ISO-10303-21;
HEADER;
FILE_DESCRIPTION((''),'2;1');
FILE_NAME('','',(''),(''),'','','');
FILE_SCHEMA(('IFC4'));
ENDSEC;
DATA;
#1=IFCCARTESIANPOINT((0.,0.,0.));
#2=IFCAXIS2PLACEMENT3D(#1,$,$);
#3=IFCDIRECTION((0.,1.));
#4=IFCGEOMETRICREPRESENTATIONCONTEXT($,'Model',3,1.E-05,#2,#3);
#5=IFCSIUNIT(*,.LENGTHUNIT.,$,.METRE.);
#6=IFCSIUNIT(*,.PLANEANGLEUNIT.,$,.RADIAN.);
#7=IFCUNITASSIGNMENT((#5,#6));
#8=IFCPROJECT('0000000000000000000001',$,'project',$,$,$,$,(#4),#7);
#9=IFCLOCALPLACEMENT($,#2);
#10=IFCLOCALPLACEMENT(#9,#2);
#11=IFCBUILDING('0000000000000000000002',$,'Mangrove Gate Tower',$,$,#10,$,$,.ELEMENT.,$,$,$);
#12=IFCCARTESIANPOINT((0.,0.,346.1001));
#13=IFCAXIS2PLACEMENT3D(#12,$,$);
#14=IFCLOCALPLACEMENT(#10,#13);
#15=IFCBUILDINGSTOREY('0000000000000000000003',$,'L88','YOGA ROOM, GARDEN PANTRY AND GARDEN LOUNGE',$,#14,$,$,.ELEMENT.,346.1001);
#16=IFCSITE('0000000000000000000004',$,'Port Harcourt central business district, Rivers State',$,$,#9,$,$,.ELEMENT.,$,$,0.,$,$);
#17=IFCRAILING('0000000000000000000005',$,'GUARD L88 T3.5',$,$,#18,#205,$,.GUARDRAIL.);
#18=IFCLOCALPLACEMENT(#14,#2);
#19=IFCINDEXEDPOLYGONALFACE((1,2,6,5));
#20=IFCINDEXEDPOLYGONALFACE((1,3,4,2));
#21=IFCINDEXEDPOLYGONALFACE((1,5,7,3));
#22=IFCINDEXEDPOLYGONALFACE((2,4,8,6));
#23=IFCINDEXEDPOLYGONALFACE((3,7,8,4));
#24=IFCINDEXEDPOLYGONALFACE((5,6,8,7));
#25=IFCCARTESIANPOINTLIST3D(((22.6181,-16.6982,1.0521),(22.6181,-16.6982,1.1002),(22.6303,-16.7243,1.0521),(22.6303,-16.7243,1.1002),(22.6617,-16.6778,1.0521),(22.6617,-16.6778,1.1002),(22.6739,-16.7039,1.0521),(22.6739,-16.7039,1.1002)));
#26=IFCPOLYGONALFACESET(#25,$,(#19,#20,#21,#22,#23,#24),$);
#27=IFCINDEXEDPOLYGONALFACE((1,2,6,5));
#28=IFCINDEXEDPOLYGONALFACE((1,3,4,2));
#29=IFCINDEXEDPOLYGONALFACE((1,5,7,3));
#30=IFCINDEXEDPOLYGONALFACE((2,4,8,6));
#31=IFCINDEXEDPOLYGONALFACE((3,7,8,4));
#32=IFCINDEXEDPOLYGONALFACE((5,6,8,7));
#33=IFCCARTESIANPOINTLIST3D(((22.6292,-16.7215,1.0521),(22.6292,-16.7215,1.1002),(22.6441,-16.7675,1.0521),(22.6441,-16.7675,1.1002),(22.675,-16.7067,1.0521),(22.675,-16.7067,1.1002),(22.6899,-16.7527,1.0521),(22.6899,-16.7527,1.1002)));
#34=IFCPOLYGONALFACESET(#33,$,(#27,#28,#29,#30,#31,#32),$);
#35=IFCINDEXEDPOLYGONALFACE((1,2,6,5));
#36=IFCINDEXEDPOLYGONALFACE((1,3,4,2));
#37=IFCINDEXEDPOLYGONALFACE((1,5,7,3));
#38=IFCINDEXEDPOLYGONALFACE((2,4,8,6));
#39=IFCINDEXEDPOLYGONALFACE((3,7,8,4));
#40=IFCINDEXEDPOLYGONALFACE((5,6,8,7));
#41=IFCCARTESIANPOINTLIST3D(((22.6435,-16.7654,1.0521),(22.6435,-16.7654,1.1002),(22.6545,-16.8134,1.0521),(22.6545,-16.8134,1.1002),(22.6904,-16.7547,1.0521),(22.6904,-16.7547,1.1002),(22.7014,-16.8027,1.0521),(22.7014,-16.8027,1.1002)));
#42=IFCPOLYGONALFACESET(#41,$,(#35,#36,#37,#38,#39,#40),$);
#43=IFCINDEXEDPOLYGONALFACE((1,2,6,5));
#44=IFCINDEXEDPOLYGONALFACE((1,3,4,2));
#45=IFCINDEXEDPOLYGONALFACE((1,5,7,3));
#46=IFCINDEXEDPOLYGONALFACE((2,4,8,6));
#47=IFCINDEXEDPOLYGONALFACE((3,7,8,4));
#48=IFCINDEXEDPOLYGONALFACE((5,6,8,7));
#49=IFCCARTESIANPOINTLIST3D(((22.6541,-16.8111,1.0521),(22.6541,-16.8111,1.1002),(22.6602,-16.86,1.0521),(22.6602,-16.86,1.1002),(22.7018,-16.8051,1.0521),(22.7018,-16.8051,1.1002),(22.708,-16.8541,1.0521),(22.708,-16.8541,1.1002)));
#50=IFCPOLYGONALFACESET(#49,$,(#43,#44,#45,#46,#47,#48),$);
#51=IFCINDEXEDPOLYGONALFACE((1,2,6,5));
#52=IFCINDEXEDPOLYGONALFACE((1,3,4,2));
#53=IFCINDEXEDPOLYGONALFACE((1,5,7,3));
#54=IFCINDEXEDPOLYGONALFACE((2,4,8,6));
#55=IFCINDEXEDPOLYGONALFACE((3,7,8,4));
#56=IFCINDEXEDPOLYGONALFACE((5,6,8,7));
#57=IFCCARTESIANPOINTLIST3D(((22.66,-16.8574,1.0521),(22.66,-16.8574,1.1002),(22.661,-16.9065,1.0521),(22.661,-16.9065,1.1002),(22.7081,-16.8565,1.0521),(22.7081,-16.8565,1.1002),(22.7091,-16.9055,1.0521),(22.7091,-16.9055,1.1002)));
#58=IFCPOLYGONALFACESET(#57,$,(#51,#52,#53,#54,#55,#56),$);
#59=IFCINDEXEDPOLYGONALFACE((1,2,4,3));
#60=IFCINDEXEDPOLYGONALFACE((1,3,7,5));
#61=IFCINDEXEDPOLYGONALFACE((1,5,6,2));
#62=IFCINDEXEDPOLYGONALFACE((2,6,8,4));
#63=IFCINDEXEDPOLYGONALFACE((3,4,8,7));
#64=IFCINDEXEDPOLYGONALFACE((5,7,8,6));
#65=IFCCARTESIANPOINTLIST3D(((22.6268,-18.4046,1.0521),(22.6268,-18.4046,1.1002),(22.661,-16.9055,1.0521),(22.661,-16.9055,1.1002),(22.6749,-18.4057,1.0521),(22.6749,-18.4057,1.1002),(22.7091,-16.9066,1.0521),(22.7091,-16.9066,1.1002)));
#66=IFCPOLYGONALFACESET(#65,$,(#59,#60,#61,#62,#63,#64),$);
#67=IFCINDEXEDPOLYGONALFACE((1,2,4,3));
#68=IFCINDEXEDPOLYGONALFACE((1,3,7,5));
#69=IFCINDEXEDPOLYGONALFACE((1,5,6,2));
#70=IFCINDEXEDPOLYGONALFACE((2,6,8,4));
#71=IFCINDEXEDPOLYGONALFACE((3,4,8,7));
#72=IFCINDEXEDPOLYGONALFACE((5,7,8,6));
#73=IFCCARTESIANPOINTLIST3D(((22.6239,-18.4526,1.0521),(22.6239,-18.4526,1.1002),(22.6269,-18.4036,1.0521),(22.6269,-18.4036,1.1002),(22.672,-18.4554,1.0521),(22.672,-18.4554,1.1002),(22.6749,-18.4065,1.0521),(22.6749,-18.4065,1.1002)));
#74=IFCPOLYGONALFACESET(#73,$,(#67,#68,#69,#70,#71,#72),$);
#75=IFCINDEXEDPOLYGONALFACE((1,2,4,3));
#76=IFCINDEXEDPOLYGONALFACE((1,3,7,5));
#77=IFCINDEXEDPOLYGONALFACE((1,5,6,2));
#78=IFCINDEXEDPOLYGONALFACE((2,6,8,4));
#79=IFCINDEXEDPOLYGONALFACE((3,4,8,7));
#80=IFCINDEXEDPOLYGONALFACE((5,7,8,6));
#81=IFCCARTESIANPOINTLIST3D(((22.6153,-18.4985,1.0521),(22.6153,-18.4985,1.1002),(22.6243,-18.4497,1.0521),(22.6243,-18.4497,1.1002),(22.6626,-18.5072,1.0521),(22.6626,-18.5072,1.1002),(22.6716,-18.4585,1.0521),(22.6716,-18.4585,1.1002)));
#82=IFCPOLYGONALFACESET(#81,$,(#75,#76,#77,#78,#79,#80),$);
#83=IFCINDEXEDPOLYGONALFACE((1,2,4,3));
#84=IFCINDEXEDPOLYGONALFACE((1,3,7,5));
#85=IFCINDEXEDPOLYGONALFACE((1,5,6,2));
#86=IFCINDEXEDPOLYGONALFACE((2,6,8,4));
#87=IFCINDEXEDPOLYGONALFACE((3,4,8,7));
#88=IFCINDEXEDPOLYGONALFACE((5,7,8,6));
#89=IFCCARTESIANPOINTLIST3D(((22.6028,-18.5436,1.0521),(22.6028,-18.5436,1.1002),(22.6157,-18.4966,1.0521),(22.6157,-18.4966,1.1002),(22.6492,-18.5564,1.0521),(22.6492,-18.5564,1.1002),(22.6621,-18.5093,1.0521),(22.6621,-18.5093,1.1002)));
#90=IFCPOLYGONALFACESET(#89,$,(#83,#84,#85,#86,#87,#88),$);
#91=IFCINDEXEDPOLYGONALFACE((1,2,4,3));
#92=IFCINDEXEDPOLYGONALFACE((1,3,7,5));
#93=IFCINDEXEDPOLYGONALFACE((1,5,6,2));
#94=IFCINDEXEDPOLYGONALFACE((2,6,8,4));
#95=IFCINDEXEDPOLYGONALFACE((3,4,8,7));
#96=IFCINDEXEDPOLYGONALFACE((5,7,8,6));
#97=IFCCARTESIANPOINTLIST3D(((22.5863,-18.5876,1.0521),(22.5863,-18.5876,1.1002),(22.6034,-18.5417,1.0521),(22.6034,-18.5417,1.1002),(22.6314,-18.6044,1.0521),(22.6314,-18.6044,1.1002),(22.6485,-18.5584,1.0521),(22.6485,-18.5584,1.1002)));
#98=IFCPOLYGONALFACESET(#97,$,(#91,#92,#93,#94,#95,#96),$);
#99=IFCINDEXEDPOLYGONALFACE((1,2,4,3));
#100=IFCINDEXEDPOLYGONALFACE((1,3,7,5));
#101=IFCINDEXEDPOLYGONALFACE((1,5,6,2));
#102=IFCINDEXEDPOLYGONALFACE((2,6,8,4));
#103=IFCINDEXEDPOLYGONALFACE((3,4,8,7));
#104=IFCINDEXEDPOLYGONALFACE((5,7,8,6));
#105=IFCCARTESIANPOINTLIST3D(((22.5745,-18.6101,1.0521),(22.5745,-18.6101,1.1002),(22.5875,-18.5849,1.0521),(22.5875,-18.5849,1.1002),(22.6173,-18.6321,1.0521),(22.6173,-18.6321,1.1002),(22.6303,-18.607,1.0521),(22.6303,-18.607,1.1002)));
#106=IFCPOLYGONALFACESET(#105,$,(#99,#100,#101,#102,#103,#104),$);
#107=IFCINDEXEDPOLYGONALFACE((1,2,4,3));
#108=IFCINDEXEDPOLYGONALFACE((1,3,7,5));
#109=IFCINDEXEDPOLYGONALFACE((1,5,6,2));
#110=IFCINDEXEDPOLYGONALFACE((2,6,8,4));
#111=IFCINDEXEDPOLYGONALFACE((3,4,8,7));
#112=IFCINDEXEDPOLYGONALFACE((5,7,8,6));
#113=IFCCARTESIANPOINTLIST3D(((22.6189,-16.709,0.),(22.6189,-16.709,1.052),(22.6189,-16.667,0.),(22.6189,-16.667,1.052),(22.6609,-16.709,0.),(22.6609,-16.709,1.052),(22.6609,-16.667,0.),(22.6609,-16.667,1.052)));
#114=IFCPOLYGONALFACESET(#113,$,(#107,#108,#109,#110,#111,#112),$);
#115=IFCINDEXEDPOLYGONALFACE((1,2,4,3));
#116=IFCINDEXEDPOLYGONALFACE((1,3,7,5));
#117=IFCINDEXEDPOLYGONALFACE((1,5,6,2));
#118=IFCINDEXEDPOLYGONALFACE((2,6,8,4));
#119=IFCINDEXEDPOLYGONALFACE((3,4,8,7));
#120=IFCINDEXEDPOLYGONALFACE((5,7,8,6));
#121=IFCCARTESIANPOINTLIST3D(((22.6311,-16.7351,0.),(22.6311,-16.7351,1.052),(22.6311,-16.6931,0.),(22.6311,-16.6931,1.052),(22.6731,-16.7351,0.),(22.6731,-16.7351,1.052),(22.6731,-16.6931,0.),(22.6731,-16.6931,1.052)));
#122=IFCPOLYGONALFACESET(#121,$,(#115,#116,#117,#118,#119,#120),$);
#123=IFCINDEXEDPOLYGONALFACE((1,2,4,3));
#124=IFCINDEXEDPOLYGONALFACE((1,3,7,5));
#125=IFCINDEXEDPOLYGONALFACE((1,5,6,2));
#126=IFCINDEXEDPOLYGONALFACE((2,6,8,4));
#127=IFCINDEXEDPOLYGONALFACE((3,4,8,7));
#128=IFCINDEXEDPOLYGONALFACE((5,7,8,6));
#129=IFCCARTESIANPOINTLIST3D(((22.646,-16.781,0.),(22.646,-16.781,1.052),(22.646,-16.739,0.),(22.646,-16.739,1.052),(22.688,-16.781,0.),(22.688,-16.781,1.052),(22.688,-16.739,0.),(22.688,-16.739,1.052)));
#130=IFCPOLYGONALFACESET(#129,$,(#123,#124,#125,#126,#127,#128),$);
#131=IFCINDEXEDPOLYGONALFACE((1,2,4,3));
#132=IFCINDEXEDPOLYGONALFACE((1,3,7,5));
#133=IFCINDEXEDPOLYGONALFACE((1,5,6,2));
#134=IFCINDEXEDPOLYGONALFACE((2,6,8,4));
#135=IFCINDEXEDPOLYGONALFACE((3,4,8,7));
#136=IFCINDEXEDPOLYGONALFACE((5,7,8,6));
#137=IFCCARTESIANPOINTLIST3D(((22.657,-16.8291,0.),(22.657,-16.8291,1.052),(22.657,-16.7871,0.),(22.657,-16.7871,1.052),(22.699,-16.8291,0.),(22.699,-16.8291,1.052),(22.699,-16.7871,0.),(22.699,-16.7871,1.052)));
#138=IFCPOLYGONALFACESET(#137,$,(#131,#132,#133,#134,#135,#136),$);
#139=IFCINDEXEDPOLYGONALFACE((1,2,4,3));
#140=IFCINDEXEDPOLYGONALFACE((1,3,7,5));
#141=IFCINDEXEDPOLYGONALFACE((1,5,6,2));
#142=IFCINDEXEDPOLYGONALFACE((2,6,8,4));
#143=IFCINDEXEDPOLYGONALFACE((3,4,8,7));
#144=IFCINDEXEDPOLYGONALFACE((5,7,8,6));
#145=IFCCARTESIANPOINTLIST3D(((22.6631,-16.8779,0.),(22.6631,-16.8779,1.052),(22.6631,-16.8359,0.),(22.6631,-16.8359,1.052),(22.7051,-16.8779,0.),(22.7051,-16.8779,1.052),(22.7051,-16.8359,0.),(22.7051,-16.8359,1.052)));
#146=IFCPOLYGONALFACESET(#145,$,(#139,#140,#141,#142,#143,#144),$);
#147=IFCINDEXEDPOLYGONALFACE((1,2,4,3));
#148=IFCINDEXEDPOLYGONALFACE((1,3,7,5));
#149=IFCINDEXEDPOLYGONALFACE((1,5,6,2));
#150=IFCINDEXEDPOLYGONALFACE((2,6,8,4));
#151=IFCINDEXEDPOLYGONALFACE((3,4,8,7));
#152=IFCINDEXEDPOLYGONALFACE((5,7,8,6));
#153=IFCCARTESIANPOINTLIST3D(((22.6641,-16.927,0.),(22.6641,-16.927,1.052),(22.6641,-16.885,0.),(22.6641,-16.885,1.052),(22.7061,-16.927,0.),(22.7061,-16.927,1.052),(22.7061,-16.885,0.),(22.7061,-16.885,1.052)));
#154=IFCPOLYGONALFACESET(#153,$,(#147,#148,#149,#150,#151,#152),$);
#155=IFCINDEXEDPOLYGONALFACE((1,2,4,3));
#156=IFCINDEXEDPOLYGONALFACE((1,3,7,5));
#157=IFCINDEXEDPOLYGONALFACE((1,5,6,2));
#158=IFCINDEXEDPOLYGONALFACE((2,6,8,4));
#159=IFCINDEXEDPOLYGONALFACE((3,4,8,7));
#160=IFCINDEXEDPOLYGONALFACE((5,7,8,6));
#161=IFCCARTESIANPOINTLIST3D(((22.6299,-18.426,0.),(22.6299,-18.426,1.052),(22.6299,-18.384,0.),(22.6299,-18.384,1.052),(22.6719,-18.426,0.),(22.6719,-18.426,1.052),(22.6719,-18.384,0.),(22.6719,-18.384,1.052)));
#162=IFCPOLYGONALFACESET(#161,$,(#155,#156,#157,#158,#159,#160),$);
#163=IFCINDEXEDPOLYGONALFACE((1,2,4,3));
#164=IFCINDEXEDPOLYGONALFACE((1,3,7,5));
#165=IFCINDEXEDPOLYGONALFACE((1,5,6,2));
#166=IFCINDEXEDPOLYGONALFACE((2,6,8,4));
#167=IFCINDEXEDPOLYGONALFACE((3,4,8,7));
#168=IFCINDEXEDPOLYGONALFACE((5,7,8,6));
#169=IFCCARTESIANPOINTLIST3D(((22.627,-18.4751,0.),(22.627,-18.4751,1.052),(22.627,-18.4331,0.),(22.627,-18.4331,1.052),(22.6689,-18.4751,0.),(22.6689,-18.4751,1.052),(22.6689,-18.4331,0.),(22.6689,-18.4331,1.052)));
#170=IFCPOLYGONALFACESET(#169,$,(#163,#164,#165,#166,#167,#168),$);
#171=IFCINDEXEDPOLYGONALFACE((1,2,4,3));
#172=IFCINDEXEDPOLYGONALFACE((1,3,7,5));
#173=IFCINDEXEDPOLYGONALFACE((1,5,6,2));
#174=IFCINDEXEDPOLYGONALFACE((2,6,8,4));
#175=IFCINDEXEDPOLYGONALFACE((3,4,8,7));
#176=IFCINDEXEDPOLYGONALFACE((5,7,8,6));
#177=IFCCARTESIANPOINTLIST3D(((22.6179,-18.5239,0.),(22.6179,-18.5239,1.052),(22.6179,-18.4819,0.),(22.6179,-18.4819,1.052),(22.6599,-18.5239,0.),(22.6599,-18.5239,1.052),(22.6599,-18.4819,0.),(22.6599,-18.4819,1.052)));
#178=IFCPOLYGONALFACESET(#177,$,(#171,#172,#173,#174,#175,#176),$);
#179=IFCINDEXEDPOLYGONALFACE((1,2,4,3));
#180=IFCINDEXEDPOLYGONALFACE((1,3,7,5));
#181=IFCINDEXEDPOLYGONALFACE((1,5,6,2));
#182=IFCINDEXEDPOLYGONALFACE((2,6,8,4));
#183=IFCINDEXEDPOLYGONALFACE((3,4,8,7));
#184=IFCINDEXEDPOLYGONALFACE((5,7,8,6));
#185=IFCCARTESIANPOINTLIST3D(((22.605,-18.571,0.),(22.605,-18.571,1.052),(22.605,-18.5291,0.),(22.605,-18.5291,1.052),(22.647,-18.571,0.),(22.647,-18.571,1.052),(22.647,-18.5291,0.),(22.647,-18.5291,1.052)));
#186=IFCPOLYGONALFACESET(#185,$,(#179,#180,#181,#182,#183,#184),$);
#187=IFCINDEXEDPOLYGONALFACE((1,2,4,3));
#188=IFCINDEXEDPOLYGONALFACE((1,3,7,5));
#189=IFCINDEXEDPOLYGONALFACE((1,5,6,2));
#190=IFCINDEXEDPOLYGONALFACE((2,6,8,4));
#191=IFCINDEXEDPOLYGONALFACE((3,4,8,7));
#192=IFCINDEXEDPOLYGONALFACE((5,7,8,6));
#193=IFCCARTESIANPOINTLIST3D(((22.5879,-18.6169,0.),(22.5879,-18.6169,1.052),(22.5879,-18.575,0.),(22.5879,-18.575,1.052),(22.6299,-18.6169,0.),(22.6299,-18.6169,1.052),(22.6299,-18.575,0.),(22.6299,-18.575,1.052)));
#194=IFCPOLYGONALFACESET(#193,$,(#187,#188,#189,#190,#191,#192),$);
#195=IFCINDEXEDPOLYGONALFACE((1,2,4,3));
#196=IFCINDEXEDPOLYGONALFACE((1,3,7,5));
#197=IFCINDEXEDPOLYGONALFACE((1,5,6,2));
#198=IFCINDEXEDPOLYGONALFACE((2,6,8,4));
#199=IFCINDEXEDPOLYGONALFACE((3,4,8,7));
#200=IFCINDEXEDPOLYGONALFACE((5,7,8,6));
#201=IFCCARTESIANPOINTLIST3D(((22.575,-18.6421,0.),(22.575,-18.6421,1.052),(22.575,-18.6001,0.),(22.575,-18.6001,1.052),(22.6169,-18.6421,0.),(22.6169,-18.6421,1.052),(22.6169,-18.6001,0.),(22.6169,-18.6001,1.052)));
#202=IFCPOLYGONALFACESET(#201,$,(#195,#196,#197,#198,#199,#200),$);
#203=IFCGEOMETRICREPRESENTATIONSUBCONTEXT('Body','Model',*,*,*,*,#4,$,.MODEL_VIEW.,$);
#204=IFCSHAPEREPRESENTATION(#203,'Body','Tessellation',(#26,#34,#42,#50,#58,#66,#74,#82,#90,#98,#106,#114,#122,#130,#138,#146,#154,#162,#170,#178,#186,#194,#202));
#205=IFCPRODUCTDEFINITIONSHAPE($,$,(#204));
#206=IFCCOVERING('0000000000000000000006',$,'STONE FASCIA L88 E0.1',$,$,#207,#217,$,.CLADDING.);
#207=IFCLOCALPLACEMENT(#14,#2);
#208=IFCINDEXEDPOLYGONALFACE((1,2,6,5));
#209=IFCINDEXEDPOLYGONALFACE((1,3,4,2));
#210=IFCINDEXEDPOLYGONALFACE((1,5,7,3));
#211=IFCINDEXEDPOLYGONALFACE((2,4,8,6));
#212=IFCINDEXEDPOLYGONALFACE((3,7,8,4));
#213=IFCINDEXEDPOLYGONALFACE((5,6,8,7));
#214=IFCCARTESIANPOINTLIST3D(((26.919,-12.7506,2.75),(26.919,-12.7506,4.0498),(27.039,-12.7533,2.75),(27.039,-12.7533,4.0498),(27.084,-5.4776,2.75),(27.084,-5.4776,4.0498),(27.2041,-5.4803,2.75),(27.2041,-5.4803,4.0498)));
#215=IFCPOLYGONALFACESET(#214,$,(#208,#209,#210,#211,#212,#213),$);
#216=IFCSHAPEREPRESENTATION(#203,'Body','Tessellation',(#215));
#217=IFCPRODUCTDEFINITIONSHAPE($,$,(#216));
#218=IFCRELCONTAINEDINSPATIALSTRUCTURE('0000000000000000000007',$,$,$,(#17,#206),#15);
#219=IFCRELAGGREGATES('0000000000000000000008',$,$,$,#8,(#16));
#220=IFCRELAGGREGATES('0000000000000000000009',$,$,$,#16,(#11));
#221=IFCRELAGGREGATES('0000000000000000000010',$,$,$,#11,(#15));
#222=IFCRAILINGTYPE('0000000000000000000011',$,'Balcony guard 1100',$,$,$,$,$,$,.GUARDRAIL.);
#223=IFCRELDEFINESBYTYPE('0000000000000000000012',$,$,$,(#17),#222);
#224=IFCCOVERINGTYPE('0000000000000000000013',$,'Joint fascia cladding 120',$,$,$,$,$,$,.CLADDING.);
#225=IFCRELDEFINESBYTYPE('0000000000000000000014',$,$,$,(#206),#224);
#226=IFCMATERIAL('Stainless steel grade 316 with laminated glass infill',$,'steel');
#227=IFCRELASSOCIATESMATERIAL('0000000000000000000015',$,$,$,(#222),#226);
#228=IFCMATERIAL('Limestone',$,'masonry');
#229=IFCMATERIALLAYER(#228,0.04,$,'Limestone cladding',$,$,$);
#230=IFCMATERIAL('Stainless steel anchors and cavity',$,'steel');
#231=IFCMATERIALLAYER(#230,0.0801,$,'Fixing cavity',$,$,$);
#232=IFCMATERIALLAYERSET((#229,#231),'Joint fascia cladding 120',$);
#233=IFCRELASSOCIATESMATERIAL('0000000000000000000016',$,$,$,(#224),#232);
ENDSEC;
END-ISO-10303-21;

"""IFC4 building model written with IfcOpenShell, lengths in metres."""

from ifc_helpers import new_model, si_unit, direction, frame, frame_2d, origin, origin_2d, place, context, subcontext, project, spatial, rectangle, extrude, material, layer, layer_set, type_object, element, save


model = new_model("IFC4")

# Units and contexts
model_context = context("Model", 3, precision=1e-05, world=origin(), true_north=direction((0.0, 1.0)))
body_context = subcontext(model_context, "Body", "Model", "MODEL_VIEW")
ifc_project = project(units=[si_unit("LENGTHUNIT", "METRE"), si_unit("PLANEANGLEUNIT", "RADIAN")], contexts=[model_context])

# Site, building, storey
site_placement = place(None, origin())
site = spatial("IfcSite", under=ifc_project, at=site_placement, Name="Port Harcourt central business district, Rivers State", CompositionType="ELEMENT", RefElevation=0.0)
building_placement = place(site_placement, origin())
building = spatial("IfcBuilding", under=site, at=building_placement, Name="Mangrove Gate Tower", CompositionType="ELEMENT")
storey_placement = place(building_placement, frame((0.0, 0.0, 346.1001)))
storey = spatial("IfcBuildingStorey", under=building, at=storey_placement, Name="L88", Description="YOGA ROOM, GARDEN PANTRY AND GARDEN LOUNGE", CompositionType="ELEMENT", Elevation=346.1001)

# Shared definitions
ifc_material_1 = material(Name="Limestone", Category="masonry")

# Railing
ifc_material_2 = material(Name="Stainless steel grade 316 with laminated glass infill", Category="steel")
railing_type = type_object("IfcRailingType", Name="Balcony guard 1100", PredefinedType="GUARDRAIL", material=ifc_material_2)
railing_1_placement = place(storey_placement, frame((22.6399, -16.688, 0.0)))
element("IfcRailing", 1, at=railing_1_placement, inside=storey, type_object=railing_type, Name="GUARD L88 T3.5", PredefinedType="GUARDRAIL", context=body_context, shape_type="SweptSolid", body=[
    extrude(rectangle(XDim=0.0481, YDim=0.0481, at=origin_2d()), frame((0.0, 0.0, 1.0762), z_axis=(0.423349, -0.905967, 0.0), x_axis=(0.905967, 0.423349, 0.0)), (0.0, 0.0, 1.0), 0.0288),
    extrude(rectangle(XDim=0.0481, YDim=0.0481, at=origin_2d()), frame((0.0122, -0.0261, 1.0762), z_axis=(0.308628, -0.951183, 0.0), x_axis=(0.951183, 0.308628, 0.0)), (0.0, 0.0, 1.0), 0.0483),
    extrude(rectangle(XDim=0.0481, YDim=0.0481, at=origin_2d()), frame((0.0271, -0.072, 1.0762), z_axis=(0.22269, -0.974889, 0.0), x_axis=(0.974889, 0.22269, 0.0)), (0.0, 0.0, 1.0), 0.0493),
    extrude(rectangle(XDim=0.0481, YDim=0.0481, at=origin_2d()), frame((0.0381, -0.1201, 1.0762), z_axis=(0.124035, -0.992278, 0.0), x_axis=(0.992278, 0.124035, 0.0)), (0.0, 0.0, 1.0), 0.0493),
    extrude(rectangle(XDim=0.0481, YDim=0.0481, at=origin_2d()), frame((0.0442, -0.1689, 1.0762), z_axis=(0.019897, -0.999802, 0.0), x_axis=(0.999802, 0.019897, 0.0)), (0.0, 0.0, 1.0), 0.0491),
    extrude(rectangle(XDim=0.0481, YDim=0.0481, at=origin_2d()), frame((0.0452, -0.218, 1.0762), z_axis=(-0.022795, -0.99974, 0.0), x_axis=(0.99974, -0.022795, 0.0)), (0.0, 0.0, 1.0), 1.4995),
    extrude(rectangle(XDim=0.0481, YDim=0.0481, at=origin_2d()), frame((0.011, -1.717, 1.0762), z_axis=(-0.059595, -0.998223, 0.0), x_axis=(0.998223, -0.059595, 0.0)), (0.0, 0.0, 1.0), 0.0491),
    extrude(rectangle(XDim=0.0481, YDim=0.0481, at=origin_2d()), frame((0.0081, -1.7661, 1.0762), z_axis=(-0.181913, -0.983315, 0.0), x_axis=(0.983315, -0.181913, 0.0)), (0.0, 0.0, 1.0), 0.0496),
    extrude(rectangle(XDim=0.0481, YDim=0.0481, at=origin_2d()), frame((-0.001, -1.8149, 1.0762), z_axis=(-0.264808, -0.964301, 0.0), x_axis=(0.964301, -0.264808, 0.0)), (0.0, 0.0, 1.0), 0.0488),
    extrude(rectangle(XDim=0.0481, YDim=0.0481, at=origin_2d()), frame((-0.0139, -1.8621, 1.0762), z_axis=(-0.348937, -0.937146, 0.0), x_axis=(0.937146, -0.348937, 0.0)), (0.0, 0.0, 1.0), 0.0491),
    extrude(rectangle(XDim=0.0481, YDim=0.0481, at=origin_2d()), frame((-0.031, -1.908, 1.0762), z_axis=(-0.457543, -0.889187, 0.0), x_axis=(0.889187, -0.457543, 0.0)), (0.0, 0.0, 1.0), 0.0283),
    extrude(rectangle(XDim=0.042, YDim=0.042, at=origin_2d()), origin(), (0.0, 0.0, 1.0), 1.052),
    extrude(rectangle(XDim=0.042, YDim=0.042, at=origin_2d()), frame((0.0122, -0.0261, 0.0)), (0.0, 0.0, 1.0), 1.052),
    extrude(rectangle(XDim=0.042, YDim=0.042, at=origin_2d()), frame((0.0271, -0.072, 0.0)), (0.0, 0.0, 1.0), 1.052),
    extrude(rectangle(XDim=0.042, YDim=0.042, at=origin_2d()), frame((0.0381, -0.1201, 0.0)), (0.0, 0.0, 1.0), 1.052),
    extrude(rectangle(XDim=0.042, YDim=0.042, at=origin_2d()), frame((0.0442, -0.1689, 0.0)), (0.0, 0.0, 1.0), 1.052),
    extrude(rectangle(XDim=0.042, YDim=0.042, at=origin_2d()), frame((0.0452, -0.218, 0.0)), (0.0, 0.0, 1.0), 1.052),
    extrude(rectangle(XDim=0.042, YDim=0.042, at=origin_2d()), frame((0.011, -1.717, 0.0)), (0.0, 0.0, 1.0), 1.052),
    extrude(rectangle(XDim=0.042, YDim=0.042, at=origin_2d()), frame((0.0081, -1.7661, 0.0)), (0.0, 0.0, 1.0), 1.052),
    extrude(rectangle(XDim=0.042, YDim=0.042, at=origin_2d()), frame((-0.001, -1.8149, 0.0)), (0.0, 0.0, 1.0), 1.052),
    extrude(rectangle(XDim=0.042, YDim=0.042, at=origin_2d()), frame((-0.0139, -1.8621, 0.0)), (0.0, 0.0, 1.0), 1.052),
    extrude(rectangle(XDim=0.042, YDim=0.042, at=origin_2d()), frame((-0.031, -1.908, 0.0)), (0.0, 0.0, 1.0), 1.052),
    extrude(rectangle(XDim=0.042, YDim=0.042, at=origin_2d()), frame((-0.0439, -1.9331, 0.0)), (0.0, 0.0, 1.0), 1.052),
])

# Covering
ifc_layer_1 = layer(ifc_material_1, 0.04, Name="Limestone cladding")
ifc_material_3 = material(Name="Stainless steel anchors and cavity", Category="steel")
ifc_layer_2 = layer(ifc_material_3, 0.0801, Name="Fixing cavity")
ifc_layer_set_1 = layer_set([ifc_layer_1, ifc_layer_2], Name="Joint fascia cladding 120")
covering_type = type_object("IfcCoveringType", Name="Joint fascia cladding 120", PredefinedType="CLADDING", material=ifc_layer_set_1)
covering_1_placement = place(storey_placement, frame((26.979, -12.752, 2.75), z_axis=(0.0, 0.0, 1.0), x_axis=(0.022686, 0.999743, 0.0)))
element("IfcCovering", 2, at=covering_1_placement, inside=storey, type_object=covering_type, Name="STONE FASCIA L88 E0.1", PredefinedType="CLADDING", context=body_context, shape_type="SweptSolid", body=[
    extrude(rectangle(XDim=7.2749, YDim=0.1201, at=frame_2d((3.6375, 0.0))), origin(), (0.0, 0.0, 1.0), 1.2998),
])

save(model, "model.ifc")
